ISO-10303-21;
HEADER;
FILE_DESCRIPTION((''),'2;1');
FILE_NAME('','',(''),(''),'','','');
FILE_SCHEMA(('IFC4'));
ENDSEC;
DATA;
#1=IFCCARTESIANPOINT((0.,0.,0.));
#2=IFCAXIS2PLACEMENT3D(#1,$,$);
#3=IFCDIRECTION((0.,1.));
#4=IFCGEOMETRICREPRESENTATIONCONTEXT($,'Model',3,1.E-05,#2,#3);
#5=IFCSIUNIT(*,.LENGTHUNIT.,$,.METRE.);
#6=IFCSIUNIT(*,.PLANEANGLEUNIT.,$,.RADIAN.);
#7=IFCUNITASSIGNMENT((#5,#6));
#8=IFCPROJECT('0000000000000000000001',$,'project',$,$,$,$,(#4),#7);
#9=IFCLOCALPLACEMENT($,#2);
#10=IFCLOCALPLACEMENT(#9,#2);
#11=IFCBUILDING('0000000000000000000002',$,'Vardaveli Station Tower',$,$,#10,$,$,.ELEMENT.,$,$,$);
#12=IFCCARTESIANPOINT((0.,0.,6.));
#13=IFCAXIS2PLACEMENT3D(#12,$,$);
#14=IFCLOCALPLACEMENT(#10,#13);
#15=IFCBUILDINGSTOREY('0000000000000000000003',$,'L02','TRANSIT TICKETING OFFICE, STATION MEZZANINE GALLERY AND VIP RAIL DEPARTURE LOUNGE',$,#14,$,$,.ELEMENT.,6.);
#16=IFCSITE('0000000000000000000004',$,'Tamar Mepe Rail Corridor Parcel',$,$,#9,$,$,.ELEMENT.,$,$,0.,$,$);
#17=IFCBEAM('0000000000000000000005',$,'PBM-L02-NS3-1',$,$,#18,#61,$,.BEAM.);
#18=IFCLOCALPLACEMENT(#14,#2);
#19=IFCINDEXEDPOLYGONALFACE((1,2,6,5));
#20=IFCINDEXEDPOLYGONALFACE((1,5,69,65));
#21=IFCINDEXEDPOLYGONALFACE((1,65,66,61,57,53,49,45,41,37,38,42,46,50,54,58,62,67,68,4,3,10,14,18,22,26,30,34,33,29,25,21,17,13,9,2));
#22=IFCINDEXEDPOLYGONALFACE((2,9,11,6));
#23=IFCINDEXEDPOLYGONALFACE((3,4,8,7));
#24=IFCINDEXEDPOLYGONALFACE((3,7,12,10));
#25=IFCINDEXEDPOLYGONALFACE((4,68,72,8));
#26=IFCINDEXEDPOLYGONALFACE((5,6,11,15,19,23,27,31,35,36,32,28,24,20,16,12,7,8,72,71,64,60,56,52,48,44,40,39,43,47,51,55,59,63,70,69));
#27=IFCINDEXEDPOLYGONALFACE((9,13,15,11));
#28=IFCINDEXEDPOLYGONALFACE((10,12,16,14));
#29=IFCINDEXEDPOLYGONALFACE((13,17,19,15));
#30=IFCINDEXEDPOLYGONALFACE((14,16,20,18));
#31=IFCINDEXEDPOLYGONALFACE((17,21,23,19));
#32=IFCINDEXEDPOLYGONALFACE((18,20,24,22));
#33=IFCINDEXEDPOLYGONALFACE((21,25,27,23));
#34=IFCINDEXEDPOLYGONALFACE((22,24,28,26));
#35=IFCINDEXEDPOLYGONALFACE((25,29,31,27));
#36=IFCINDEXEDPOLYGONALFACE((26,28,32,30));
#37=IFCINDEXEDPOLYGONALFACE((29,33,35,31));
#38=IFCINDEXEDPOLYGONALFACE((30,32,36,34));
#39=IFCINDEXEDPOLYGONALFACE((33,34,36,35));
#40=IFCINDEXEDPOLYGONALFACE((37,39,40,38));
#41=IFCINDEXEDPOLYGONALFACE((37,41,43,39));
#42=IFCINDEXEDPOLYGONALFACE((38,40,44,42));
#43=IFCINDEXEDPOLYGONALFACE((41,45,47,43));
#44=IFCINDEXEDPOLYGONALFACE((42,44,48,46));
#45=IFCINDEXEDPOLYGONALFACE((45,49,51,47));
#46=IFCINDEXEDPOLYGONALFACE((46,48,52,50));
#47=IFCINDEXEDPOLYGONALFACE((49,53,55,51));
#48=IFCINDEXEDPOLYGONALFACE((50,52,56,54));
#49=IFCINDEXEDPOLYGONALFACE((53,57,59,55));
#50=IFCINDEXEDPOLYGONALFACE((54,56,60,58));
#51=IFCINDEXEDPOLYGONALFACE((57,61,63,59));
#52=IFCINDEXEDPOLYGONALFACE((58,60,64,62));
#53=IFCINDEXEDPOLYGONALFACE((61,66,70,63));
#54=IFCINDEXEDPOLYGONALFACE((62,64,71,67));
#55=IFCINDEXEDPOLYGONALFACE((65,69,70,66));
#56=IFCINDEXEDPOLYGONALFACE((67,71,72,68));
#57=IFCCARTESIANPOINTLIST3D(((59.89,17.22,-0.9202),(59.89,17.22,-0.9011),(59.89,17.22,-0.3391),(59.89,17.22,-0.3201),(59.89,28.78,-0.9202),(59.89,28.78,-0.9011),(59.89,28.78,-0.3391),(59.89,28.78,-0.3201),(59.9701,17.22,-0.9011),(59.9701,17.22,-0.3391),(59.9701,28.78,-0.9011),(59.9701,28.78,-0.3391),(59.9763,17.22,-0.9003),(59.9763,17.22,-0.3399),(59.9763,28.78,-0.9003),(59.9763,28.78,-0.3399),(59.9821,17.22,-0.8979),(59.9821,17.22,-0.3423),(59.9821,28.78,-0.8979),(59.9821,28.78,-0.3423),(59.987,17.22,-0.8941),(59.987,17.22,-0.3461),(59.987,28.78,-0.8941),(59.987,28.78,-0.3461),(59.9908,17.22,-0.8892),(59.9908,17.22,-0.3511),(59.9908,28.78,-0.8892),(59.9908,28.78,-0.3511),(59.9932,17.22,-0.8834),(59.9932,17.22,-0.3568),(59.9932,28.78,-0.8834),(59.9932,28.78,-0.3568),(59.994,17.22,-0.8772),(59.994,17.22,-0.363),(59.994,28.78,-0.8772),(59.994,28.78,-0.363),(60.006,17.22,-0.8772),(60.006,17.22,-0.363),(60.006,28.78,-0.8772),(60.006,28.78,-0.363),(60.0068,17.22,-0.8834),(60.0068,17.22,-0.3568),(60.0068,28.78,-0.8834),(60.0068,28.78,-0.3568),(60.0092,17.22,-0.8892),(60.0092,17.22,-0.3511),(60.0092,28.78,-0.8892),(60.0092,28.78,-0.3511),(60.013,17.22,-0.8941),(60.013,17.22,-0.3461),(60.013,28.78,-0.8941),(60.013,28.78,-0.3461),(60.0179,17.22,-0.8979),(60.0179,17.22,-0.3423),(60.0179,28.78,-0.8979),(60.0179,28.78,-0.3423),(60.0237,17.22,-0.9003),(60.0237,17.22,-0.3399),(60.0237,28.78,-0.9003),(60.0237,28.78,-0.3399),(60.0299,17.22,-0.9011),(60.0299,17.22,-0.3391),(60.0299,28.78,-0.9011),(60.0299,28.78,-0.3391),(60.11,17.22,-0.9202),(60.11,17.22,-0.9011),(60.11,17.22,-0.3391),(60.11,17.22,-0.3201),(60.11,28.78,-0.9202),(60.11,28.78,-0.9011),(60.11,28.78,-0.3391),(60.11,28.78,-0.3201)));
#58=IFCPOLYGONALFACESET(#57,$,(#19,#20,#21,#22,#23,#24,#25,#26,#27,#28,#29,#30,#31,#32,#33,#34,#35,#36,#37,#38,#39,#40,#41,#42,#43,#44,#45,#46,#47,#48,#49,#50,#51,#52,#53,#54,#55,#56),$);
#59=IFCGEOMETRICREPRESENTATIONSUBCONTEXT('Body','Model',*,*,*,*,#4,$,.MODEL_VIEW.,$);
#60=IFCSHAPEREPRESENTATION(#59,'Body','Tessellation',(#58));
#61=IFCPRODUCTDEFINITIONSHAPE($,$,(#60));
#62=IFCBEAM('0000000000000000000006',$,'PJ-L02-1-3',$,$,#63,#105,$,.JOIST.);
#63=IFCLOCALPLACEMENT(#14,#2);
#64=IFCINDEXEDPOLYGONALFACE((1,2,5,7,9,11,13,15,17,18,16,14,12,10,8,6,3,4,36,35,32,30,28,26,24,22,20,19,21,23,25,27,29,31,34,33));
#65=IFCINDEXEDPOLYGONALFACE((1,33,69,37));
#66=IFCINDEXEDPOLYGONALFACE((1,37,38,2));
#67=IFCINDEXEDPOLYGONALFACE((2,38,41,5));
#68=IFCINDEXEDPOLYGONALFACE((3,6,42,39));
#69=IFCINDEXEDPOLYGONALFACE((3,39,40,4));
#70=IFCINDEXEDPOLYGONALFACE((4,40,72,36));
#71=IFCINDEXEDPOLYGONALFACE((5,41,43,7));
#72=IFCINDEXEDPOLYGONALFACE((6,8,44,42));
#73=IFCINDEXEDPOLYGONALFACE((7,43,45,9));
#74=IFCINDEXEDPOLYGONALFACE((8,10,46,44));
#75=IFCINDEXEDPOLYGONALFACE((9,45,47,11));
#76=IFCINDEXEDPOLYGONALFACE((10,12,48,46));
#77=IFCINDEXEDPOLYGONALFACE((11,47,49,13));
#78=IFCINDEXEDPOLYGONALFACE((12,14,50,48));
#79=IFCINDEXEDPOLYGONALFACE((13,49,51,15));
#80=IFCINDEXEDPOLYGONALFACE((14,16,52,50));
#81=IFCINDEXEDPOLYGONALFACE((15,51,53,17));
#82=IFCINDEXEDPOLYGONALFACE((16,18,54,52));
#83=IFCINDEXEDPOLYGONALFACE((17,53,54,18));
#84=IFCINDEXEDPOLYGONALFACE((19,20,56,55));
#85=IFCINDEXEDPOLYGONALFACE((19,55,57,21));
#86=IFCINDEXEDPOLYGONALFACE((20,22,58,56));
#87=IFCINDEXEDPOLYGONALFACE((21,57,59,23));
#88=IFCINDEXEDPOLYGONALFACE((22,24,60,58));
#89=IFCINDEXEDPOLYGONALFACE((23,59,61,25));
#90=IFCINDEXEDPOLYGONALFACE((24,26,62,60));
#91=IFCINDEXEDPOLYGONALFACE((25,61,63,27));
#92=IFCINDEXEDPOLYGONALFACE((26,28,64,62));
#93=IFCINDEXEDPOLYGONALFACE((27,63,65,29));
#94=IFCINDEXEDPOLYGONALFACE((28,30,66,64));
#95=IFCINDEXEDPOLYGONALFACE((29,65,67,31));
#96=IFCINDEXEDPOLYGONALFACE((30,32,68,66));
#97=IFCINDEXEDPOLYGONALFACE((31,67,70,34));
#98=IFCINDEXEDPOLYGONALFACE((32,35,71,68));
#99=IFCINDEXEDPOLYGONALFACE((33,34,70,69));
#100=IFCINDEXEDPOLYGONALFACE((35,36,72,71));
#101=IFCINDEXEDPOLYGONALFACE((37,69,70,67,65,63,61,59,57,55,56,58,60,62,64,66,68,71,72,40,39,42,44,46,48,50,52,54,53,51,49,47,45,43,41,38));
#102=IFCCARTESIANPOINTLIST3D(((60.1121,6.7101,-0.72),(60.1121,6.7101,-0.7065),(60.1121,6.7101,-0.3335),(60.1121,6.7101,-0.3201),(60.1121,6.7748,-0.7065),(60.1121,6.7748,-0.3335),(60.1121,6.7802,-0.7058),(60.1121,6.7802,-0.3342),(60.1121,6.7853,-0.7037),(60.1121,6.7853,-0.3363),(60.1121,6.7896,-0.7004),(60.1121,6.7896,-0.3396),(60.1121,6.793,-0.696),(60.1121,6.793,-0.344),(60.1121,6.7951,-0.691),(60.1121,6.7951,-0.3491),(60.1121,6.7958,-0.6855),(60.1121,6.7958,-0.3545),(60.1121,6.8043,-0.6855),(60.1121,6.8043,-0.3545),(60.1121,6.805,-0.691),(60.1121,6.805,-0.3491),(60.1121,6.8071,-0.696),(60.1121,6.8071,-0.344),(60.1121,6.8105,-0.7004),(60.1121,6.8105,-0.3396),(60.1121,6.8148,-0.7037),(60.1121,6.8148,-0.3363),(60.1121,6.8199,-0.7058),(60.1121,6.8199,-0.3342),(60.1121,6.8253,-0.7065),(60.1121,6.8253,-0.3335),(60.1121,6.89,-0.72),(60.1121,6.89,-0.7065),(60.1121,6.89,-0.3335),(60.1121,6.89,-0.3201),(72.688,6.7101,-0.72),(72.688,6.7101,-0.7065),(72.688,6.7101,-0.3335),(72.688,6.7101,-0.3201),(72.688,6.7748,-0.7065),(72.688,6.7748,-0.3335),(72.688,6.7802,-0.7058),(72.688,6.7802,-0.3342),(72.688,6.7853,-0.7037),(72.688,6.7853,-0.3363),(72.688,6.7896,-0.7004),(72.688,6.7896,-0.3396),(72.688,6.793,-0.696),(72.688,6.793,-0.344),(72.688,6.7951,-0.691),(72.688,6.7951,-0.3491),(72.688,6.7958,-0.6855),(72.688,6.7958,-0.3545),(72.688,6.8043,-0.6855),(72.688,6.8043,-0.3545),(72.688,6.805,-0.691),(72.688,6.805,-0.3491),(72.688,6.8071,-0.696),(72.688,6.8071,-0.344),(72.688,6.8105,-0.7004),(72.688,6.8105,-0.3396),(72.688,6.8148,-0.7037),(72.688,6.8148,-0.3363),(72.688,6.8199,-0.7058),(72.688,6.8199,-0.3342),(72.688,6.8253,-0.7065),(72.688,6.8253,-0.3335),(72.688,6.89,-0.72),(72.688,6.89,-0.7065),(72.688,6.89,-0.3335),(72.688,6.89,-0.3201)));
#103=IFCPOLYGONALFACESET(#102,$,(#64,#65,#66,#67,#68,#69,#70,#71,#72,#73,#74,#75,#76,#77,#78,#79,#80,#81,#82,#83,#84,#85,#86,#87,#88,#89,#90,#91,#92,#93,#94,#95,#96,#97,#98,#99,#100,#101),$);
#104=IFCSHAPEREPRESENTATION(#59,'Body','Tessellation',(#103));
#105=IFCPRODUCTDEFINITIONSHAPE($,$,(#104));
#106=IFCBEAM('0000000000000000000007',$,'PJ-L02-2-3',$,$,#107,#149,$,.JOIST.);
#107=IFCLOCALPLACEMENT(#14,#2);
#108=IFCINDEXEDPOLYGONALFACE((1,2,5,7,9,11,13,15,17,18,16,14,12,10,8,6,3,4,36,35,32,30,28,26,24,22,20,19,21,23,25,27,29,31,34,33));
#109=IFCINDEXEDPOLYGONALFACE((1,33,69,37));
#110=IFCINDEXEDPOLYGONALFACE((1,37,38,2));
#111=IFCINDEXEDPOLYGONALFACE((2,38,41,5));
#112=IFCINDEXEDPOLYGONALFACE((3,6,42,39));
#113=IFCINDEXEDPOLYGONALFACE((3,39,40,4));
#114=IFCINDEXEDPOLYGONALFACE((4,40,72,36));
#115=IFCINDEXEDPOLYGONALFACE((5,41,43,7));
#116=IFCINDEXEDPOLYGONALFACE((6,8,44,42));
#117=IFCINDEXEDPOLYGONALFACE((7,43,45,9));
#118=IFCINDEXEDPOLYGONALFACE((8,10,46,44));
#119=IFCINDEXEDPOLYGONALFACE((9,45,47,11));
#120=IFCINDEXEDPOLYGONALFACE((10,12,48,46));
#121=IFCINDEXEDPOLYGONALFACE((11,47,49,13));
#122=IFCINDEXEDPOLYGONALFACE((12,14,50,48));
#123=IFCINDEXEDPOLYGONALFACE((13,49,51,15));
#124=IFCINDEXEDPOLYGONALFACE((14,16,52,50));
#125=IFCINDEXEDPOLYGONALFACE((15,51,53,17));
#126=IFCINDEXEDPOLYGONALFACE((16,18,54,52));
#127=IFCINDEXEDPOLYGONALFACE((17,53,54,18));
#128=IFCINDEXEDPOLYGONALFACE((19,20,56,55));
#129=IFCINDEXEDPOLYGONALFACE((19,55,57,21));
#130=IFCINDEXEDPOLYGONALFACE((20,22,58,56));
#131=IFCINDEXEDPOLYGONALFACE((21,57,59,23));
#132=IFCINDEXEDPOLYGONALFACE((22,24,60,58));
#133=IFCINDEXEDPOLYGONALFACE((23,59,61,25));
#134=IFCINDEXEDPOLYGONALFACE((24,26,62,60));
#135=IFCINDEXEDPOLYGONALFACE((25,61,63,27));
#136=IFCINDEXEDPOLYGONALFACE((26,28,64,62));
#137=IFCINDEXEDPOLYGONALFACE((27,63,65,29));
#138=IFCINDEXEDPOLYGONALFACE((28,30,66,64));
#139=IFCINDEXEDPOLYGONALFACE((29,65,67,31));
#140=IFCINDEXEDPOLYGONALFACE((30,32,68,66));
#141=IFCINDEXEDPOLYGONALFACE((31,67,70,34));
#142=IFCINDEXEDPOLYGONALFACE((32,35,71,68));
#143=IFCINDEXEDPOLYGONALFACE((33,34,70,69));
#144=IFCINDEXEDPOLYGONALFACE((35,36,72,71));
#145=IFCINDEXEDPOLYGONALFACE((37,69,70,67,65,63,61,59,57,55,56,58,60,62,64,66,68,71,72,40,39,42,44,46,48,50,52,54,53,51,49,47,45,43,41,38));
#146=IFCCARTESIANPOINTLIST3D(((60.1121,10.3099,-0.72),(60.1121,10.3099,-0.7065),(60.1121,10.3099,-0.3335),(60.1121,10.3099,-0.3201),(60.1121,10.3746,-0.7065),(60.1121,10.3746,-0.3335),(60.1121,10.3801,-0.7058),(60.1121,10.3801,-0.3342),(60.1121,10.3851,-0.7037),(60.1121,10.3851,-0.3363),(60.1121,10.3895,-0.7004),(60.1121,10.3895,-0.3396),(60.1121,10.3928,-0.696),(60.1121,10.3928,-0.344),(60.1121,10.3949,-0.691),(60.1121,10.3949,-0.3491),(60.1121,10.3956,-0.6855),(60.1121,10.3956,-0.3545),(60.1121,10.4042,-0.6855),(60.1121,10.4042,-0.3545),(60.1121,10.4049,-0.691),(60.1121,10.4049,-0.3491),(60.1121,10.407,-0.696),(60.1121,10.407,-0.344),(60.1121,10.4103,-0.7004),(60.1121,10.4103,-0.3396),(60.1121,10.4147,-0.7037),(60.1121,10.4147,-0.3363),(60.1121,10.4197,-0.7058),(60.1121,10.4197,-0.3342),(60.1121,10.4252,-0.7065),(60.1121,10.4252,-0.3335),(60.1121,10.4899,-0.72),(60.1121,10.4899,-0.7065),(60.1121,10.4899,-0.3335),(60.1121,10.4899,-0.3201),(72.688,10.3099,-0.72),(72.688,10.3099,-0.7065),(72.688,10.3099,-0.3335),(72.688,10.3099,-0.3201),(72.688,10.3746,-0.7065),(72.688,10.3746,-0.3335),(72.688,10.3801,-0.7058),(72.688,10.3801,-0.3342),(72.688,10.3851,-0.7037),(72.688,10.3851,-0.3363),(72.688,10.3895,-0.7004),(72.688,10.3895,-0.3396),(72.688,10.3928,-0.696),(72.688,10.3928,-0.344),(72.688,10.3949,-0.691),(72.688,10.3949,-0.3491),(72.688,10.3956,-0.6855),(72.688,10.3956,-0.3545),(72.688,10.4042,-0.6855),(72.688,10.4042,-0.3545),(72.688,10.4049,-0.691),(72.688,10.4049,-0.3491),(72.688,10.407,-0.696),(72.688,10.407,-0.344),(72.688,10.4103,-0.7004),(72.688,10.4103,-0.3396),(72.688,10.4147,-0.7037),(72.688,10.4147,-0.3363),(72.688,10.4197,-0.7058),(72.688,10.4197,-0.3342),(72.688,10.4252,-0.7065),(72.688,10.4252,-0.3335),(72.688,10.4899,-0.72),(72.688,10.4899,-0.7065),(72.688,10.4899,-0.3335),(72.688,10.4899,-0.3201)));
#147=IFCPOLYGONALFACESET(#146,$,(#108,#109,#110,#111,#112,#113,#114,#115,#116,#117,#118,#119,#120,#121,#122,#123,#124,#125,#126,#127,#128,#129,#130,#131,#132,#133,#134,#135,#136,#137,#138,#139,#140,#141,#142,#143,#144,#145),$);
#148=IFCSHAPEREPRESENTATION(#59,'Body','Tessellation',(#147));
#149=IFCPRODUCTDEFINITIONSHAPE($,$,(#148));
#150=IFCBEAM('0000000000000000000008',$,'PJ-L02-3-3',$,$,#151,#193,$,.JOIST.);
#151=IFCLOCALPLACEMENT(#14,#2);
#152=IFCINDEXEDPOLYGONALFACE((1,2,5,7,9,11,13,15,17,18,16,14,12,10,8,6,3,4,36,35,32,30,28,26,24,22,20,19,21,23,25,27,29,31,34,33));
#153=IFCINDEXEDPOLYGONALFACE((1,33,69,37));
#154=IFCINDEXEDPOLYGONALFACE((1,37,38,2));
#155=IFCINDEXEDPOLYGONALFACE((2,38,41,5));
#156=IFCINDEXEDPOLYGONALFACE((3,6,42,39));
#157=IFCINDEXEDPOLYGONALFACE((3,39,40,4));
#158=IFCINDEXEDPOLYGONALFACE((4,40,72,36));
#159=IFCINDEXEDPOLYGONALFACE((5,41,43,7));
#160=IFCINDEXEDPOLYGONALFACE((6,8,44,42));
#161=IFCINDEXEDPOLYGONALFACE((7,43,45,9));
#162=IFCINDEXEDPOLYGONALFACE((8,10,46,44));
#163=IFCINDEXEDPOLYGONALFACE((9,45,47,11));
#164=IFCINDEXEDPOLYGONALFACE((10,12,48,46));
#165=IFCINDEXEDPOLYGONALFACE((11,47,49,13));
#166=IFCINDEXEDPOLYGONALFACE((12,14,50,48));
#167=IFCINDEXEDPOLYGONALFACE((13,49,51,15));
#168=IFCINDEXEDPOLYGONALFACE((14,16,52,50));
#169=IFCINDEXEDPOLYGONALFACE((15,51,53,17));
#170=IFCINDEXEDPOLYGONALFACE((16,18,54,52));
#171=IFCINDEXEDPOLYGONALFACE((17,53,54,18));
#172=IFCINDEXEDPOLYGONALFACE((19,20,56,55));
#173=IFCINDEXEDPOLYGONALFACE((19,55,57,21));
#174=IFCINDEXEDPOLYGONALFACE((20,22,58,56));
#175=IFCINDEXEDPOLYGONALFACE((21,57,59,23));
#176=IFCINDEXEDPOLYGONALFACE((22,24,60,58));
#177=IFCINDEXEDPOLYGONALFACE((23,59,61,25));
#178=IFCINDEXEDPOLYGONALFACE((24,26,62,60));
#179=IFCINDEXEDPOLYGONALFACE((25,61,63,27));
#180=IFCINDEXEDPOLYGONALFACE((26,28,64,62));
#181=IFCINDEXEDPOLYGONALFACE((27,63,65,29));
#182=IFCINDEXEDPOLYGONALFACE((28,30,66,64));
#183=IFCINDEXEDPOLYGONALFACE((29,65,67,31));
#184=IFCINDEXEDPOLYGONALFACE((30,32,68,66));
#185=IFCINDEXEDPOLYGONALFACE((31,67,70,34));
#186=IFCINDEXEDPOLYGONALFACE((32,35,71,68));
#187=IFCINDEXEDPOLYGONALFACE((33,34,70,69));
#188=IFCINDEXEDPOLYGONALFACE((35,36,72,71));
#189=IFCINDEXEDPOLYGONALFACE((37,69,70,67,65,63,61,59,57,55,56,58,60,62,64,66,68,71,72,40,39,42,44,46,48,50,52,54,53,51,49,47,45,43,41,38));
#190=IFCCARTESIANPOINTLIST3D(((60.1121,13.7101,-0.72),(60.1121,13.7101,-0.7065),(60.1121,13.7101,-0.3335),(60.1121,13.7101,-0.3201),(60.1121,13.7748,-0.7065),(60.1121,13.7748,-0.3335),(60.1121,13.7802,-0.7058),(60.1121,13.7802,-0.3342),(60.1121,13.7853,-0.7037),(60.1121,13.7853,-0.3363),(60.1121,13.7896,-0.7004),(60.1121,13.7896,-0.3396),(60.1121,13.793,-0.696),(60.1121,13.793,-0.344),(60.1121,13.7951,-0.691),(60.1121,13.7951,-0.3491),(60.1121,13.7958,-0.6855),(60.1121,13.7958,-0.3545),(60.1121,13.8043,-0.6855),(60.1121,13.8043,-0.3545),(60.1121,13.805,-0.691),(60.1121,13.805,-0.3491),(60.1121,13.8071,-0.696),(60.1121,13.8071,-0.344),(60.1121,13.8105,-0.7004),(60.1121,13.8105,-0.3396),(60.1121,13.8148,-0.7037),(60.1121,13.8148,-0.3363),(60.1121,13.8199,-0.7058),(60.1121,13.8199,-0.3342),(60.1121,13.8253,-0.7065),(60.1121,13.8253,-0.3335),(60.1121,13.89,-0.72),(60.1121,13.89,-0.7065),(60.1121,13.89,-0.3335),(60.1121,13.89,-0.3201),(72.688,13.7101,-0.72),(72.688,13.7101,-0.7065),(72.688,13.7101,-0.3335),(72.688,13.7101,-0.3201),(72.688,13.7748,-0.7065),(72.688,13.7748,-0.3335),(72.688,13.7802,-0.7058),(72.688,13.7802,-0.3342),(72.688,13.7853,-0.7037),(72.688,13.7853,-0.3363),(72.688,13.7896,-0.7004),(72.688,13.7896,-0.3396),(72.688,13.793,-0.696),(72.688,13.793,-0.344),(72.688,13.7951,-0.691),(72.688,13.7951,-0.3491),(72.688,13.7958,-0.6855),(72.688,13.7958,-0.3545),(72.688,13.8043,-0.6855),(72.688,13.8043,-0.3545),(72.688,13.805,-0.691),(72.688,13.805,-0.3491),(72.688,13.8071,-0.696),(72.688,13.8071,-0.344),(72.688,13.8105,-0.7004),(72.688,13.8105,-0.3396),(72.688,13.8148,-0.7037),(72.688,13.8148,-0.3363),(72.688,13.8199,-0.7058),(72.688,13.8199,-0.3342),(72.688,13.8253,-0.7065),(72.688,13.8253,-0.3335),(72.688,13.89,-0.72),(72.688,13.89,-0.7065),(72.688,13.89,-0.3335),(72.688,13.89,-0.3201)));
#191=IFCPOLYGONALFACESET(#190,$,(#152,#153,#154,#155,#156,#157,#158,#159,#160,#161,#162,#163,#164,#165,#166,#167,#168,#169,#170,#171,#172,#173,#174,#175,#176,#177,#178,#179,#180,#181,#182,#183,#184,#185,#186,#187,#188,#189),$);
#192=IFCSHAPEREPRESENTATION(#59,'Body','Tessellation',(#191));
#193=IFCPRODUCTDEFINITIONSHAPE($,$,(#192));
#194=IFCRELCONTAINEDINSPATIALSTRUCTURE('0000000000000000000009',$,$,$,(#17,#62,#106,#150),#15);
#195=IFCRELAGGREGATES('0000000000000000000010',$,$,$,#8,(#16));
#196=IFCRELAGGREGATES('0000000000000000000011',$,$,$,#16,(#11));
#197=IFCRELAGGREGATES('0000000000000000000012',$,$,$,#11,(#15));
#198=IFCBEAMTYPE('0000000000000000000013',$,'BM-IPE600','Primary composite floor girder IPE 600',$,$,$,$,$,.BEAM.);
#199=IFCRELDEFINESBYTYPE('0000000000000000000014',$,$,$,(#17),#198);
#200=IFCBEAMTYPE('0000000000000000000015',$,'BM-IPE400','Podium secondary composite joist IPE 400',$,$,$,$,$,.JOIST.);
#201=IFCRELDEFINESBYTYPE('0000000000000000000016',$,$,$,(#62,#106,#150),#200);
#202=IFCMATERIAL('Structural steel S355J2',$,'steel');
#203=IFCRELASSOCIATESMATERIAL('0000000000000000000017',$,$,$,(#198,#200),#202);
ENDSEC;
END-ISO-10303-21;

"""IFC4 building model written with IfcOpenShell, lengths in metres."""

from ifc_helpers import new_model, si_unit, direction, frame, origin, origin_2d, place, context, subcontext, project, spatial, i_section, extrude, source, transform, mapped, material, material_profile, profile_set, type_object, element, save


model = new_model("IFC4")

# Units and contexts
model_context = context("Model", 3, precision=1e-05, world=origin(), true_north=direction((0.0, 1.0)))
body_context = subcontext(model_context, "Body", "Model", "MODEL_VIEW")
ifc_project = project(units=[si_unit("LENGTHUNIT", "METRE"), si_unit("PLANEANGLEUNIT", "RADIAN")], contexts=[model_context])

# Site, building, storey
site_placement = place(None, origin())
site = spatial("IfcSite", under=ifc_project, at=site_placement, Name="Tamar Mepe Rail Corridor Parcel", CompositionType="ELEMENT", RefElevation=0.0)
building_placement = place(site_placement, origin())
building = spatial("IfcBuilding", under=site, at=building_placement, Name="Vardaveli Station Tower", CompositionType="ELEMENT")
storey_placement = place(building_placement, frame((0.0, 0.0, 6.0)))
storey = spatial("IfcBuildingStorey", under=building, at=storey_placement, Name="L02", Description="TRANSIT TICKETING OFFICE, STATION MEZZANINE GALLERY AND VIP RAIL DEPARTURE LOUNGE", CompositionType="ELEMENT", Elevation=6.0)

# Beams
ifc_material_1 = material(Name="Structural steel S355J2", Category="steel")
ifc_material_profile_1 = material_profile(ifc_material_1, i_section(OverallWidth=0.22, OverallDepth=0.6001, WebThickness=0.012, FlangeThickness=0.019, FilletRadius=0.0239, at=origin_2d()), Name="IPE 600")
ifc_profile_set_1 = profile_set([ifc_material_profile_1], Name="Structural steel S355J2")
beam_type_1 = type_object("IfcBeamType", Name="BM-IPE600", Description="Primary composite floor girder IPE 600", PredefinedType="BEAM", material=ifc_profile_set_1)
shared_shape_1 = source(origin(), body_context, "Body", "SweptSolid", [
    extrude(i_section(OverallWidth=0.22, OverallDepth=0.6001, WebThickness=0.012, FlangeThickness=0.019, FilletRadius=0.0239, at=origin_2d()), origin(), (0.0, 0.0, 1.0), 11.5601),
])
beam_1_placement = place(storey_placement, frame((60.0, 17.22, -0.6201), z_axis=(0.0, 1.0, 0.0), x_axis=(-1.0, 0.0, 0.0)))
element("IfcBeam", 1, at=beam_1_placement, inside=storey, type_object=beam_type_1, Name="PBM-L02-NS3-1", PredefinedType="BEAM", context=body_context, shape_type="MappedRepresentation", body=[
    mapped(shared_shape_1, transform((0.0, 0.0, 0.0), scale=1.0)),
])
ifc_material_profile_2 = material_profile(ifc_material_1, i_section(OverallWidth=0.1799, OverallDepth=0.3999, WebThickness=0.0085, FlangeThickness=0.0134, FilletRadius=0.021, at=origin_2d()), Name="IPE 400")
ifc_profile_set_2 = profile_set([ifc_material_profile_2], Name="Structural steel S355J2")
beam_type_2 = type_object("IfcBeamType", Name="BM-IPE400", Description="Podium secondary composite joist IPE 400", PredefinedType="JOIST", material=ifc_profile_set_2)
shared_shape_2 = source(origin(), body_context, "Body", "SweptSolid", [
    extrude(i_section(OverallWidth=0.1799, OverallDepth=0.3999, WebThickness=0.0085, FlangeThickness=0.0134, FilletRadius=0.021, at=origin_2d()), origin(), (0.0, 0.0, 1.0), 12.5759),
])
for number, where, z_axis, x_axis, name in (
    (2, (60.1121, 6.8, -0.52), (1.0, 0.0, 0.0), (0.0, 1.0, 0.0), "PJ-L02-1-3"),
    (3, (60.1121, 10.3999, -0.52), (1.0, 0.0, 0.0), (0.0, 1.0, 0.0), "PJ-L02-2-3"),
    (4, (60.1121, 13.8, -0.52), (1.0, 0.0, 0.0), (0.0, 1.0, 0.0), "PJ-L02-3-3"),
):
    element("IfcBeam", number, at=place(storey_placement, frame(where, z_axis=z_axis, x_axis=x_axis)), inside=storey, type_object=beam_type_2, Name=name, PredefinedType="JOIST", context=body_context, shape_type="MappedRepresentation", body=[
        mapped(shared_shape_2, transform((0.0, 0.0, 0.0), scale=1.0)),
    ])

save(model, "model.ifc")
